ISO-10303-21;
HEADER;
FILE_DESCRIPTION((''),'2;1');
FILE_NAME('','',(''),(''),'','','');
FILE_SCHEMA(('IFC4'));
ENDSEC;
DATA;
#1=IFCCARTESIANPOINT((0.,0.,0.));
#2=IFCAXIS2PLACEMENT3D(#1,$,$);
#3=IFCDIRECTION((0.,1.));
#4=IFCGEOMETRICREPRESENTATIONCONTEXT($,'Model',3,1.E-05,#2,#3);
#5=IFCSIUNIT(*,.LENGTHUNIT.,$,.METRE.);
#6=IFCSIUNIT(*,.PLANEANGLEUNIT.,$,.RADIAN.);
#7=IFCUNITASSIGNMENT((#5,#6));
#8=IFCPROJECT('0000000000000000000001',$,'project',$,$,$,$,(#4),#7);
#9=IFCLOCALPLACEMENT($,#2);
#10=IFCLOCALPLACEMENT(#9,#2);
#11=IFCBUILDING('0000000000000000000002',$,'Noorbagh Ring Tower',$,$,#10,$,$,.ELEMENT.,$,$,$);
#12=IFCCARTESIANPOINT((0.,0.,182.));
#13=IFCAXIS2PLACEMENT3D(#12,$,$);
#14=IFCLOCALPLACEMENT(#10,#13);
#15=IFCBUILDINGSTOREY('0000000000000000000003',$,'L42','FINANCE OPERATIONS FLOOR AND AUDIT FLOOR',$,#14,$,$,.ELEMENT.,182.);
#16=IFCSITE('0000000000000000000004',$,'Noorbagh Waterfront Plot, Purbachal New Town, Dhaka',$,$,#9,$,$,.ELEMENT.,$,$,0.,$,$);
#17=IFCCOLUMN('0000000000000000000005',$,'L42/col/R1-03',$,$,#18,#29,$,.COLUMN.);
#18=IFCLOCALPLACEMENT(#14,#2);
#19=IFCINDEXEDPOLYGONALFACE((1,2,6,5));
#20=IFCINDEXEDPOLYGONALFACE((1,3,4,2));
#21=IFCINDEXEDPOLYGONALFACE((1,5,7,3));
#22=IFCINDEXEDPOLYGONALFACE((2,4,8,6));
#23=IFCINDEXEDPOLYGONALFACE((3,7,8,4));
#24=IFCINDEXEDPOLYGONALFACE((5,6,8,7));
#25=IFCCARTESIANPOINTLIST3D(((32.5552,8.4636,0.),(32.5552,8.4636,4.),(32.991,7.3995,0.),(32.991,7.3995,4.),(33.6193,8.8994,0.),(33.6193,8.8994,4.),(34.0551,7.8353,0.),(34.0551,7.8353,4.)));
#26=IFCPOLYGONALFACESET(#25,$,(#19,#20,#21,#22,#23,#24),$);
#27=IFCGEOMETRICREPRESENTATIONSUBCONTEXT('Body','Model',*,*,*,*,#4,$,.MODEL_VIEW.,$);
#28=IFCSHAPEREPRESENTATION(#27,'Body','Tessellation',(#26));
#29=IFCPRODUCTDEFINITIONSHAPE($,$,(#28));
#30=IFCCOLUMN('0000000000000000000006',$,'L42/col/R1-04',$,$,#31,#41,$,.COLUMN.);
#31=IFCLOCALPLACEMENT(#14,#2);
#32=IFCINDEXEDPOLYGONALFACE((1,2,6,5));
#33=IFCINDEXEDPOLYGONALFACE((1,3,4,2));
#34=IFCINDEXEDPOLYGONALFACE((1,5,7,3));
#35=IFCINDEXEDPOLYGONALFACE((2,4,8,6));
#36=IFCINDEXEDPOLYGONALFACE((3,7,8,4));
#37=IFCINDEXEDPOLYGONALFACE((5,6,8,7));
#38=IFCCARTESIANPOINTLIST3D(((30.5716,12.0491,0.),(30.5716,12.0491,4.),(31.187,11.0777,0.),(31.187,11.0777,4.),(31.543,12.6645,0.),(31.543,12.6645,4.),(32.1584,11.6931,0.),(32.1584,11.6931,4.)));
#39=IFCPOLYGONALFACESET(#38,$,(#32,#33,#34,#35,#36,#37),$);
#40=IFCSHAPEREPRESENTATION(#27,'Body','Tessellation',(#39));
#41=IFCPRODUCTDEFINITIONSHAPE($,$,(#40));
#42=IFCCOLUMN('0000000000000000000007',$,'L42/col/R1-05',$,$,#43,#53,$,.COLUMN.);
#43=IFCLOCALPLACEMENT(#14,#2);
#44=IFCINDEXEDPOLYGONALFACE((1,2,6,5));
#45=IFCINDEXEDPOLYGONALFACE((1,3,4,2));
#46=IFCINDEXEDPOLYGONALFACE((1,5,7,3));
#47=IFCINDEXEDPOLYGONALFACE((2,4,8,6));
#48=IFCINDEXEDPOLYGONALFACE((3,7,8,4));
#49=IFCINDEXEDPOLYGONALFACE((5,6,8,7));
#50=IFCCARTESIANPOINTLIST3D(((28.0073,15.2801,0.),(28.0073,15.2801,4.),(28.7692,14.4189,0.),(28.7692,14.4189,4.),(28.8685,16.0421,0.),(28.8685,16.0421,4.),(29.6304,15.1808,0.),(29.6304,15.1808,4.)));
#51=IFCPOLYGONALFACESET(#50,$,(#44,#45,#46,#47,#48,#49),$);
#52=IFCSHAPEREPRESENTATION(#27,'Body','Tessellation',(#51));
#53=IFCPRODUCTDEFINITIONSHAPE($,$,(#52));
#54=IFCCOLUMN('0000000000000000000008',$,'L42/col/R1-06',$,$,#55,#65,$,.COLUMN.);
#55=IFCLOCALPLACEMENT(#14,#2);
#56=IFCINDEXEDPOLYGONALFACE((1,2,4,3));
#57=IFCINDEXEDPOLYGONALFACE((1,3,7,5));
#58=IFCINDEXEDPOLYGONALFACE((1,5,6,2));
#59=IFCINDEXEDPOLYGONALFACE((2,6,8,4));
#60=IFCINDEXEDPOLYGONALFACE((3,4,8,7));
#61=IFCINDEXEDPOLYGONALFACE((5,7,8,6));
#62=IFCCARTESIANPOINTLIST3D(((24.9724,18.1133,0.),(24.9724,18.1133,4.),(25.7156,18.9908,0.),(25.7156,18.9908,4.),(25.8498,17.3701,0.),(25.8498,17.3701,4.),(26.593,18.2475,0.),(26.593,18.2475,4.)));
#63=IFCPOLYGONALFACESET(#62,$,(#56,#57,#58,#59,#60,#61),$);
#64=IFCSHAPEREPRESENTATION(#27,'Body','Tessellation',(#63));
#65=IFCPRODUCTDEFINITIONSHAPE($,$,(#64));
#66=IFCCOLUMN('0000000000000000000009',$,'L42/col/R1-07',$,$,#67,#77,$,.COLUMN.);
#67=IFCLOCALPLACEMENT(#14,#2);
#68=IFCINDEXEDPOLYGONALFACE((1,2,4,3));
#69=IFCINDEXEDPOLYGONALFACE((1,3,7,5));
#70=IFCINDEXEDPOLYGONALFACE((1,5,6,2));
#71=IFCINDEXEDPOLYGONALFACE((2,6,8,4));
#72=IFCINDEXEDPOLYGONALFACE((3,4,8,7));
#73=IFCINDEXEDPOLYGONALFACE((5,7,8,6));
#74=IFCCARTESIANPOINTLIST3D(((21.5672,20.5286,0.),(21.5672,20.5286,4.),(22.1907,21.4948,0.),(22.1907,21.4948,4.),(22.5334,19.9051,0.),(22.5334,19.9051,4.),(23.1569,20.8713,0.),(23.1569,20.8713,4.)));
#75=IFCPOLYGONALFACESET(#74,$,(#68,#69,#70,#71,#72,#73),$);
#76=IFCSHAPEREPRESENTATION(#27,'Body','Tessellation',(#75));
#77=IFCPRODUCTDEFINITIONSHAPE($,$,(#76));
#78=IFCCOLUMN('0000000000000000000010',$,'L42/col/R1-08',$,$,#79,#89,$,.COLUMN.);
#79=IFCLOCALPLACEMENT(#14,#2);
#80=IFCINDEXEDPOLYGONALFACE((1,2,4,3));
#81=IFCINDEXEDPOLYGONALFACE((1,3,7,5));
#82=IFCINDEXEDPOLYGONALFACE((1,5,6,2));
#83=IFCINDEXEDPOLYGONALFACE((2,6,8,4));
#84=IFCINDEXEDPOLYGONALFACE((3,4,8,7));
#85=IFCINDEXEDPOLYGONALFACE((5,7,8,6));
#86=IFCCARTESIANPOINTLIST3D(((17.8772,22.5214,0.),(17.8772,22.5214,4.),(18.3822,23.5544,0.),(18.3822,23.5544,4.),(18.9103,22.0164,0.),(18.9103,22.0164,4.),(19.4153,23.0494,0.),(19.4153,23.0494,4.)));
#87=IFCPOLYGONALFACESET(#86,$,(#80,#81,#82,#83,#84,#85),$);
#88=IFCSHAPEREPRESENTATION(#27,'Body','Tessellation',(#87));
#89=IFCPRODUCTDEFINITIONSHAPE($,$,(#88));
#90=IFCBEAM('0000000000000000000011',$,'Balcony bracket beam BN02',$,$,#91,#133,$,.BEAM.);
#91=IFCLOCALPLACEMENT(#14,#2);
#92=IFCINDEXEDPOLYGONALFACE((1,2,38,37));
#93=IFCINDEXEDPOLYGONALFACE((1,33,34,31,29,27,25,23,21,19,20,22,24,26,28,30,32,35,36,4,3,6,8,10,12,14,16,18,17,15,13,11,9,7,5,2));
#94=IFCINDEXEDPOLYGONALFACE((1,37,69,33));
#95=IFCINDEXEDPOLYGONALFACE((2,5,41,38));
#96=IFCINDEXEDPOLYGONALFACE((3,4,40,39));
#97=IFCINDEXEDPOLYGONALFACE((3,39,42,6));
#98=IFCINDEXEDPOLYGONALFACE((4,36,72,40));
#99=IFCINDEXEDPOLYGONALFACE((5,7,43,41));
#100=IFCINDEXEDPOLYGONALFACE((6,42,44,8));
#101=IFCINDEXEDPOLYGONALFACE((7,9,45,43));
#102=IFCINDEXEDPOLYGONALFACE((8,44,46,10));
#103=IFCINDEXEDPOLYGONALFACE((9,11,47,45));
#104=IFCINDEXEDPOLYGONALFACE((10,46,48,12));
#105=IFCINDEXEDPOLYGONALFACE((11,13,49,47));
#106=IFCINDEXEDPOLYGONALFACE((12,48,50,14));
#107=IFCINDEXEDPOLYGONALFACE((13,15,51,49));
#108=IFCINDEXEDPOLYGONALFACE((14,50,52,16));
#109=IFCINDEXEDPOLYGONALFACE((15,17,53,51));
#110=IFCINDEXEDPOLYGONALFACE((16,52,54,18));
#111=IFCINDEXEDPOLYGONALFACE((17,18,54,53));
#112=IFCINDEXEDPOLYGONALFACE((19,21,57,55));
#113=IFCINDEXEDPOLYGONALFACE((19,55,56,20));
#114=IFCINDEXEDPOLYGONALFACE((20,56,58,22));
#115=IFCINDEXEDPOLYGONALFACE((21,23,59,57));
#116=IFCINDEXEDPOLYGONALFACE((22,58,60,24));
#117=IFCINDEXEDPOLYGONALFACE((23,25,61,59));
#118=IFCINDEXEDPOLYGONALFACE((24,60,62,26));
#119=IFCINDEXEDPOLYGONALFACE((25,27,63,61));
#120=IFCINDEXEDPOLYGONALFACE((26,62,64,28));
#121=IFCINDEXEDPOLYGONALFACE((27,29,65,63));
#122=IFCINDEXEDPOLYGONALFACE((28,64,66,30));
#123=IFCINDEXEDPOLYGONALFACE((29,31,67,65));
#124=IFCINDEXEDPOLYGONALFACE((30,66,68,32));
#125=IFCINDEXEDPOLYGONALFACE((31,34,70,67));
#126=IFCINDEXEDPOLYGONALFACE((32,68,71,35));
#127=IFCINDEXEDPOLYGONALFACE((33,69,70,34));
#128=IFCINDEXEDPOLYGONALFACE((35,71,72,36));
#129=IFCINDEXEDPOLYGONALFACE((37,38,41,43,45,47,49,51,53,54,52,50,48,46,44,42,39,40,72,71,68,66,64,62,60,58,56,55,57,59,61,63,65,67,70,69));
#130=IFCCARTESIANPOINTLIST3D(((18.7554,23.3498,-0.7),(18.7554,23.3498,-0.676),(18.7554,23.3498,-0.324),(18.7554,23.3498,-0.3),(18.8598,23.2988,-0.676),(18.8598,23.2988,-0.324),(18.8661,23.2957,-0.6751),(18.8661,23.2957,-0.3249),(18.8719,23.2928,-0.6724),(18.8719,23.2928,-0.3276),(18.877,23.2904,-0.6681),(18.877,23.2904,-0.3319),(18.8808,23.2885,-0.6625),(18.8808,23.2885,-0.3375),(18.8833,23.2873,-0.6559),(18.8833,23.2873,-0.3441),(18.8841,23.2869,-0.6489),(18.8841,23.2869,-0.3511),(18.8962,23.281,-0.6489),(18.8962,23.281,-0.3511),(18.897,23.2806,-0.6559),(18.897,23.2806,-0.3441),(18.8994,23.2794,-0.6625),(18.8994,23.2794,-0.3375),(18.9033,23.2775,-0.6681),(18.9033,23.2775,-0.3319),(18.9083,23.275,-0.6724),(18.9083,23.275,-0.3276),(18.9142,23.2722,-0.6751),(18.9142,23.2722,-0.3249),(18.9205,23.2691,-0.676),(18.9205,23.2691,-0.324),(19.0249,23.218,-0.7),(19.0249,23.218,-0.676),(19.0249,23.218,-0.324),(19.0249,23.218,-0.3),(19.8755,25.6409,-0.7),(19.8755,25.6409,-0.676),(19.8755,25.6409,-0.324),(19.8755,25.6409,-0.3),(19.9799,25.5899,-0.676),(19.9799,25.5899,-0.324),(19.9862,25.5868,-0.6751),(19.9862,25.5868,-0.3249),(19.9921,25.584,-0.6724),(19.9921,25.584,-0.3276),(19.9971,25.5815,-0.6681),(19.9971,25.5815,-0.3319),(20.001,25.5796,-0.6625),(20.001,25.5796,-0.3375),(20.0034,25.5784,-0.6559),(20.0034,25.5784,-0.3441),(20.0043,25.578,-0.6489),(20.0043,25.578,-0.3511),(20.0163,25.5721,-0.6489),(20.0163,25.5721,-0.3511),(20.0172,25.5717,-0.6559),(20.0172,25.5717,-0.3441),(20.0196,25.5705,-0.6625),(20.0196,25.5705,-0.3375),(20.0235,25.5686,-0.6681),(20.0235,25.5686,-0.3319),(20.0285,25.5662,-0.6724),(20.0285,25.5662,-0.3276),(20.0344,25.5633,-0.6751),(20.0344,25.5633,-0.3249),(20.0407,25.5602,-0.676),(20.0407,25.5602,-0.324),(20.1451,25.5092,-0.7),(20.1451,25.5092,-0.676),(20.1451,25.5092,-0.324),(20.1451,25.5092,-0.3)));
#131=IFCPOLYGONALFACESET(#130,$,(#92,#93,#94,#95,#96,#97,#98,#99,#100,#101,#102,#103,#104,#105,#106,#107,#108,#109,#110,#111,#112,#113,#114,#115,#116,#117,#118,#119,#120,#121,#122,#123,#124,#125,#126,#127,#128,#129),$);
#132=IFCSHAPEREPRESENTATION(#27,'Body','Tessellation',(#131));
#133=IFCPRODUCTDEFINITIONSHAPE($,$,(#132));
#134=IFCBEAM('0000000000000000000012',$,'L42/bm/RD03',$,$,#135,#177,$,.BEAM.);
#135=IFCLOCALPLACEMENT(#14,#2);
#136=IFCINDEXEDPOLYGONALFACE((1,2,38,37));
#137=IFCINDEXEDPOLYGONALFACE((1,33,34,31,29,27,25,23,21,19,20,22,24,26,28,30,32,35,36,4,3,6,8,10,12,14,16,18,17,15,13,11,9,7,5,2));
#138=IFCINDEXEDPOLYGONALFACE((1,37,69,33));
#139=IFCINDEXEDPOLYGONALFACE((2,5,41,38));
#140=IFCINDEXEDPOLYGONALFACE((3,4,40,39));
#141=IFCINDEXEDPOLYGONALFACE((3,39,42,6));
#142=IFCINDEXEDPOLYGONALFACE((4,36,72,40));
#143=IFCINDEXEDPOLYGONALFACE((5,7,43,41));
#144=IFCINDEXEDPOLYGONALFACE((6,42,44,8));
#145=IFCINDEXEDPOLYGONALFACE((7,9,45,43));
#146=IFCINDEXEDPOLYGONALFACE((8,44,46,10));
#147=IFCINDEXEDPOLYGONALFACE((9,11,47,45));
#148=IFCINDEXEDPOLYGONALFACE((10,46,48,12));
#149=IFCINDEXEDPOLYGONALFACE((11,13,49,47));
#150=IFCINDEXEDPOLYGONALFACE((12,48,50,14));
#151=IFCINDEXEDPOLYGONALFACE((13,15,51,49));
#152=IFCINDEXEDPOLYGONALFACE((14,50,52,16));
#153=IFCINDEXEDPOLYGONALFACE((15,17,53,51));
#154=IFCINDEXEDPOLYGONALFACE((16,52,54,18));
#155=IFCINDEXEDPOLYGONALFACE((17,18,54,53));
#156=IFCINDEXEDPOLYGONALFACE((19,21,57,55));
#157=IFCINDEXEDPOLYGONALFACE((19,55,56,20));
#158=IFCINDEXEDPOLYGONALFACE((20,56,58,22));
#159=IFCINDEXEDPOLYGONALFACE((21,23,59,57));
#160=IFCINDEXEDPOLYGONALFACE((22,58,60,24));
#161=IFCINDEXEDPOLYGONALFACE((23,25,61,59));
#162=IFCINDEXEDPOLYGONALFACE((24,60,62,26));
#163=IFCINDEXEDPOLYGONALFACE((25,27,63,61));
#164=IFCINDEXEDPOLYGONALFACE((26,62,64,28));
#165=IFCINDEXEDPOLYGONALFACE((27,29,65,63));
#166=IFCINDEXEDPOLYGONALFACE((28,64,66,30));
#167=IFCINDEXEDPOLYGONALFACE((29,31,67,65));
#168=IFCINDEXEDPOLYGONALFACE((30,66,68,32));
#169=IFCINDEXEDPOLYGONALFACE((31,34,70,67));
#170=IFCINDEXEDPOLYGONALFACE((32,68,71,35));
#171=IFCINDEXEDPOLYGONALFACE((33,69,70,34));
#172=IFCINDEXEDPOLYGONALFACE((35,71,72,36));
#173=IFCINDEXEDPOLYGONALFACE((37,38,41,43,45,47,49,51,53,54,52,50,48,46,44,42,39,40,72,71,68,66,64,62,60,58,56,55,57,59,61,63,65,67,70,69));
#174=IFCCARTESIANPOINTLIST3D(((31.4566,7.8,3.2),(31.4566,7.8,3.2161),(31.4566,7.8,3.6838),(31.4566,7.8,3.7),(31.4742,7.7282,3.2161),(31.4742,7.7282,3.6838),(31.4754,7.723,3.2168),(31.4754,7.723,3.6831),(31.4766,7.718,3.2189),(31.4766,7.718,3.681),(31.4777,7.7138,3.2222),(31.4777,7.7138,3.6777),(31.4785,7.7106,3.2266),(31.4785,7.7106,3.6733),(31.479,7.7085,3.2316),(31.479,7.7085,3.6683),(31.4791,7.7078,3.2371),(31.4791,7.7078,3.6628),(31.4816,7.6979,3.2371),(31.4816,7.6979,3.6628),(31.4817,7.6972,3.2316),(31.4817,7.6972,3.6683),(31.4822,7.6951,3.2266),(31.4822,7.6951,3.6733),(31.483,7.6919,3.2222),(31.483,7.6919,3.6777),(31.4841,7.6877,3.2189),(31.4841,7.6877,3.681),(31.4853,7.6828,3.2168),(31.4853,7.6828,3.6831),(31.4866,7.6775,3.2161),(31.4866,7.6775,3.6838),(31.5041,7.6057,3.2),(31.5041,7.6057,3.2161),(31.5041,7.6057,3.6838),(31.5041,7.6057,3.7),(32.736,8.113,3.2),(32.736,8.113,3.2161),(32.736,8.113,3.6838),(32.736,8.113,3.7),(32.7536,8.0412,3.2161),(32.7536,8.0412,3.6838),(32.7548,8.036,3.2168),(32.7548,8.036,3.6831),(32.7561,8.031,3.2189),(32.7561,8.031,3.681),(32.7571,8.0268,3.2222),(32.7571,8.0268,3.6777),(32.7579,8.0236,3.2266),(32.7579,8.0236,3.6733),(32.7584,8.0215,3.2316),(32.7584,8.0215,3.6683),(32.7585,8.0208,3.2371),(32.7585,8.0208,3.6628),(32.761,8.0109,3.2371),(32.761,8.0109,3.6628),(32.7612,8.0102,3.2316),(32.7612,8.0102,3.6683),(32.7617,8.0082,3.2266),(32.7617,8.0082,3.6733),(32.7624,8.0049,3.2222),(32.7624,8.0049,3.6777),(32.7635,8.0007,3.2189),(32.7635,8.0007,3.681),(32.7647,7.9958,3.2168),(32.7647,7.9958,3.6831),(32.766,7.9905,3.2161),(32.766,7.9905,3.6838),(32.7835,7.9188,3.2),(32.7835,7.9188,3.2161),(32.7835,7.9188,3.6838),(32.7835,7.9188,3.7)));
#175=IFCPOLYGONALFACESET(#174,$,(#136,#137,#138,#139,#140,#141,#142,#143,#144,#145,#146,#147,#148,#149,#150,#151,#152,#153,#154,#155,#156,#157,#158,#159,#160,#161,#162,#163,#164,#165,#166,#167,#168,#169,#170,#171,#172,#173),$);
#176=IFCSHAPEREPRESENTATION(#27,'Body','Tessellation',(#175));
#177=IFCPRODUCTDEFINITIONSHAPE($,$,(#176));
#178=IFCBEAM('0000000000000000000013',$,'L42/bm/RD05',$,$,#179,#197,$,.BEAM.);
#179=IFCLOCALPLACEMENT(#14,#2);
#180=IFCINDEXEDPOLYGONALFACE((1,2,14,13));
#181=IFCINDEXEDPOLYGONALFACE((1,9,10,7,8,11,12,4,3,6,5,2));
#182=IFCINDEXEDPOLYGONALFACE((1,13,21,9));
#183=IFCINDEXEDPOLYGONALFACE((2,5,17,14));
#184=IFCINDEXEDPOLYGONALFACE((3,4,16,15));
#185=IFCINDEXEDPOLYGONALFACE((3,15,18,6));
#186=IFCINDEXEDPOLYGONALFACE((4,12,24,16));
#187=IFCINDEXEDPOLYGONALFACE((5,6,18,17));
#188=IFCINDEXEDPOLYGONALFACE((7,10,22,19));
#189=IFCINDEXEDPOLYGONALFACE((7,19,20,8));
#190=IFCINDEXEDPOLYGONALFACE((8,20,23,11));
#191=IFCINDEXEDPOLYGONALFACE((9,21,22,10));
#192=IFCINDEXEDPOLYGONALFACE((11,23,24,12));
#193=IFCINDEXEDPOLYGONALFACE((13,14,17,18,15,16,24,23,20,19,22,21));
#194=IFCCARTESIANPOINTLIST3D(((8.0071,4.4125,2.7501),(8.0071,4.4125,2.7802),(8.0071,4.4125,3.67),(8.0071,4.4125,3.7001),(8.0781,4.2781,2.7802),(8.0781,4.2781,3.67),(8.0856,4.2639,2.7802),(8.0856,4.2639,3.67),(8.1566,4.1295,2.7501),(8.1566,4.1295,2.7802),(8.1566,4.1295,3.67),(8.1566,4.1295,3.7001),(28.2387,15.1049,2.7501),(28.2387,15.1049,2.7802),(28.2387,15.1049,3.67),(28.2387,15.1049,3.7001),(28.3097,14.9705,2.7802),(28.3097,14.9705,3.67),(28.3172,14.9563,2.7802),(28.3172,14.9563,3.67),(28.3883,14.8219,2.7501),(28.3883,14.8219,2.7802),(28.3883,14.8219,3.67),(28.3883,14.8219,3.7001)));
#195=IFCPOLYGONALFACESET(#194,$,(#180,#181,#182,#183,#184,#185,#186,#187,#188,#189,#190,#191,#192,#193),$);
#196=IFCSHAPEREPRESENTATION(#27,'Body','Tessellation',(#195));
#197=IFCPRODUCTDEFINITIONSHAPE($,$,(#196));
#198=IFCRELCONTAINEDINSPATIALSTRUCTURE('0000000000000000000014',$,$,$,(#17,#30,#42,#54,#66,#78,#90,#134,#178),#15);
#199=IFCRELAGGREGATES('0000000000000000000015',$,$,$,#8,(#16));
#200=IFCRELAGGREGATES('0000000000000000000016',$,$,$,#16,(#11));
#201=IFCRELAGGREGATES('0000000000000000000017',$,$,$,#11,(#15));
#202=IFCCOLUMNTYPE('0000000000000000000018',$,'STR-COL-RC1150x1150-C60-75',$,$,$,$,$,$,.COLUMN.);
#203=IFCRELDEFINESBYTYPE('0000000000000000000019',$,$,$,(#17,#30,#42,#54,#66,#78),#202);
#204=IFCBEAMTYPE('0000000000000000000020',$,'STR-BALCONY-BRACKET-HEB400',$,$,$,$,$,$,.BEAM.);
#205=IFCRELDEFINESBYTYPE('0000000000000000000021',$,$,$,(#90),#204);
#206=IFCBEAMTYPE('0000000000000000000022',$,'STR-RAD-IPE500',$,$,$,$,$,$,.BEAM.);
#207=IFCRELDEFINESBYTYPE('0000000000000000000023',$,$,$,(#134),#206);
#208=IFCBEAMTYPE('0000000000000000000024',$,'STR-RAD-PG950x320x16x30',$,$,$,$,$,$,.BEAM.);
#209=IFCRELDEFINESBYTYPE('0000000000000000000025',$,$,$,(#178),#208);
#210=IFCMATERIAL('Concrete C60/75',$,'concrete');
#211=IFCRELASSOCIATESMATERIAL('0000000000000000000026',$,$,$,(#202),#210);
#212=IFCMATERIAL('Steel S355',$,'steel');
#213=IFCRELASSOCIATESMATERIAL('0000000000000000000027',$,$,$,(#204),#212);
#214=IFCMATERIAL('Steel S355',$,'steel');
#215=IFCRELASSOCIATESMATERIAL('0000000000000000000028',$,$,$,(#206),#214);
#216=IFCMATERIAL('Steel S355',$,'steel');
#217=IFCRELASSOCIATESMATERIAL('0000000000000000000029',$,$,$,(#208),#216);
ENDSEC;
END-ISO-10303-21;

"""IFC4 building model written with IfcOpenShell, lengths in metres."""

from ifc_helpers import new_model, si_unit, direction, frame, origin, origin_2d, place, context, subcontext, project, spatial, rectangle, i_section, extrude, material, material_profile, profile_set, type_object, element, save


model = new_model("IFC4")

# Units and contexts
model_context = context("Model", 3, precision=1e-05, world=origin(), true_north=direction((0.0, 1.0)))
body_context = subcontext(model_context, "Body", "Model", "MODEL_VIEW")
ifc_project = project(units=[si_unit("LENGTHUNIT", "METRE"), si_unit("PLANEANGLEUNIT", "RADIAN")], contexts=[model_context])

# Site, building, storey
site_placement = place(None, origin())
site = spatial("IfcSite", under=ifc_project, at=site_placement, Name="Noorbagh Waterfront Plot, Purbachal New Town, Dhaka", CompositionType="ELEMENT", RefElevation=0.0)
building_placement = place(site_placement, origin())
building = spatial("IfcBuilding", under=site, at=building_placement, Name="Noorbagh Ring Tower", CompositionType="ELEMENT")
storey_placement = place(building_placement, frame((0.0, 0.0, 182.0)))
storey = spatial("IfcBuildingStorey", under=building, at=storey_placement, Name="L42", Description="FINANCE OPERATIONS FLOOR AND AUDIT FLOOR", CompositionType="ELEMENT", Elevation=182.0)

# Columns
ifc_material_1 = material(Name="Concrete C60/75", Category="concrete")
ifc_material_profile_1 = material_profile(ifc_material_1, rectangle(XDim=1.1499, YDim=1.1499, at=origin_2d()), Name="RC1150x1150")
ifc_profile_set_1 = profile_set([ifc_material_profile_1], Name="Concrete C60/75")
column_type = type_object("IfcColumnType", Name="STR-COL-RC1150x1150-C60-75", PredefinedType="COLUMN", material=ifc_profile_set_1)
for number, where, z_axis, x_axis, name in (
    (1, (33.3052, 8.1494, 0.0), (0.0, 0.0, 1.0), (-0.378989, 0.925401, 0.0), "L42/col/R1-03"),
    (2, (31.365, 11.8711, 0.0), (0.0, 0.0, 1.0), (-0.53519, 0.844731, 0.0), "L42/col/R1-04"),
    (3, (28.8188, 15.2305, 0.0), (0.0, 0.0, 1.0), (-0.662636, 0.748942, 0.0), "L42/col/R1-05"),
    (4, (25.7827, 18.1804, 0.0), (0.0, 0.0, 1.0), (-0.763035, 0.646357, 0.0), "L42/col/R1-06"),
    (5, (22.3621, 20.7, 0.0), (0.0, 0.0, 1.0), (-0.840248, 0.542203, 0.0), "L42/col/R1-07"),
    (6, (18.6462, 22.7854, 0.0), (0.0, 0.0, 1.0), (-0.898399, 0.43918, 0.0), "L42/col/R1-08"),
):
    element("IfcColumn", number, at=place(storey_placement, frame(where, z_axis=z_axis, x_axis=x_axis)), inside=storey, type_object=column_type, Name=name, PredefinedType="COLUMN", context=body_context, shape_type="SweptSolid", body=[
        extrude(rectangle(XDim=1.1499, YDim=1.1499, at=origin_2d()), origin(), (0.0, 0.0, 1.0), 4.0),
    ])

# Beams
ifc_material_2 = material(Name="Steel S355", Category="steel")
ifc_material_profile_2 = material_profile(ifc_material_2, i_section(OverallWidth=0.3, OverallDepth=0.3999, WebThickness=0.0134, FlangeThickness=0.0239, FilletRadius=0.0271, at=origin_2d()), Name="HEB400")
ifc_profile_set_2 = profile_set([ifc_material_profile_2], Name="Steel S355")
beam_type_1 = type_object("IfcBeamType", Name="STR-BALCONY-BRACKET-HEB400", PredefinedType="BEAM", material=ifc_profile_set_2)
beam_1_placement = place(storey_placement, frame((18.8901, 23.2839, -0.5), z_axis=(0.439231, 0.898374, 0.0), x_axis=(-0.898374, 0.439231, 0.0)))
element("IfcBeam", 7, at=beam_1_placement, inside=storey, type_object=beam_type_1, Name="Balcony bracket beam BN02", PredefinedType="BEAM", context=body_context, shape_type="SweptSolid", body=[
    extrude(i_section(OverallWidth=0.3, OverallDepth=0.3999, WebThickness=0.0134, FlangeThickness=0.0239, FilletRadius=0.0271, at=origin_2d()), origin(), (0.0, 0.0, 1.0), 2.5503),
])
ifc_material_3 = material(Name="Steel S355", Category="steel")
ifc_material_profile_3 = material_profile(ifc_material_3, i_section(OverallWidth=0.2, OverallDepth=0.5, WebThickness=0.0103, FlangeThickness=0.0161, FilletRadius=0.021, at=origin_2d()), Name="IPE500")
ifc_profile_set_3 = profile_set([ifc_material_profile_3], Name="Steel S355")
beam_type_2 = type_object("IfcBeamType", Name="STR-RAD-IPE500", PredefinedType="BEAM", material=ifc_profile_set_3)
beam_2_placement = place(storey_placement, frame((32.7598, 8.0159, 3.45), z_axis=(-0.971351, -0.237647, 0.0), x_axis=(0.237647, -0.971351, 0.0)))
element("IfcBeam", 8, at=beam_2_placement, inside=storey, type_object=beam_type_2, Name="L42/bm/RD03", PredefinedType="BEAM", context=body_context, shape_type="SweptSolid", body=[
    extrude(i_section(OverallWidth=0.2, OverallDepth=0.5, WebThickness=0.0103, FlangeThickness=0.0161, FilletRadius=0.021, at=origin_2d()), origin(), (0.0, 0.0, 1.0), 1.3171),
])
ifc_material_4 = material(Name="Steel S355", Category="steel")
ifc_material_profile_4 = material_profile(ifc_material_4, i_section(OverallWidth=0.3201, OverallDepth=0.95, WebThickness=0.0161, FlangeThickness=0.03, at=origin_2d()), Name="PG950x320x16x30")
ifc_profile_set_4 = profile_set([ifc_material_profile_4], Name="Steel S355")
beam_type_3 = type_object("IfcBeamType", Name="STR-RAD-PG950x320x16x30", PredefinedType="BEAM", material=ifc_profile_set_4)
beam_3_placement = place(storey_placement, frame((28.3135, 14.9634, 3.2251), z_axis=(-0.884122, -0.467256, 0.0), x_axis=(0.467256, -0.884122, 0.0)))
element("IfcBeam", 9, at=beam_3_placement, inside=storey, type_object=beam_type_3, Name="L42/bm/RD05", PredefinedType="BEAM", context=body_context, shape_type="SweptSolid", body=[
    extrude(i_section(OverallWidth=0.3201, OverallDepth=0.95, WebThickness=0.0161, FlangeThickness=0.03, at=origin_2d()), origin(), (0.0, 0.0, 1.0), 22.8833),
])

save(model, "model.ifc")
